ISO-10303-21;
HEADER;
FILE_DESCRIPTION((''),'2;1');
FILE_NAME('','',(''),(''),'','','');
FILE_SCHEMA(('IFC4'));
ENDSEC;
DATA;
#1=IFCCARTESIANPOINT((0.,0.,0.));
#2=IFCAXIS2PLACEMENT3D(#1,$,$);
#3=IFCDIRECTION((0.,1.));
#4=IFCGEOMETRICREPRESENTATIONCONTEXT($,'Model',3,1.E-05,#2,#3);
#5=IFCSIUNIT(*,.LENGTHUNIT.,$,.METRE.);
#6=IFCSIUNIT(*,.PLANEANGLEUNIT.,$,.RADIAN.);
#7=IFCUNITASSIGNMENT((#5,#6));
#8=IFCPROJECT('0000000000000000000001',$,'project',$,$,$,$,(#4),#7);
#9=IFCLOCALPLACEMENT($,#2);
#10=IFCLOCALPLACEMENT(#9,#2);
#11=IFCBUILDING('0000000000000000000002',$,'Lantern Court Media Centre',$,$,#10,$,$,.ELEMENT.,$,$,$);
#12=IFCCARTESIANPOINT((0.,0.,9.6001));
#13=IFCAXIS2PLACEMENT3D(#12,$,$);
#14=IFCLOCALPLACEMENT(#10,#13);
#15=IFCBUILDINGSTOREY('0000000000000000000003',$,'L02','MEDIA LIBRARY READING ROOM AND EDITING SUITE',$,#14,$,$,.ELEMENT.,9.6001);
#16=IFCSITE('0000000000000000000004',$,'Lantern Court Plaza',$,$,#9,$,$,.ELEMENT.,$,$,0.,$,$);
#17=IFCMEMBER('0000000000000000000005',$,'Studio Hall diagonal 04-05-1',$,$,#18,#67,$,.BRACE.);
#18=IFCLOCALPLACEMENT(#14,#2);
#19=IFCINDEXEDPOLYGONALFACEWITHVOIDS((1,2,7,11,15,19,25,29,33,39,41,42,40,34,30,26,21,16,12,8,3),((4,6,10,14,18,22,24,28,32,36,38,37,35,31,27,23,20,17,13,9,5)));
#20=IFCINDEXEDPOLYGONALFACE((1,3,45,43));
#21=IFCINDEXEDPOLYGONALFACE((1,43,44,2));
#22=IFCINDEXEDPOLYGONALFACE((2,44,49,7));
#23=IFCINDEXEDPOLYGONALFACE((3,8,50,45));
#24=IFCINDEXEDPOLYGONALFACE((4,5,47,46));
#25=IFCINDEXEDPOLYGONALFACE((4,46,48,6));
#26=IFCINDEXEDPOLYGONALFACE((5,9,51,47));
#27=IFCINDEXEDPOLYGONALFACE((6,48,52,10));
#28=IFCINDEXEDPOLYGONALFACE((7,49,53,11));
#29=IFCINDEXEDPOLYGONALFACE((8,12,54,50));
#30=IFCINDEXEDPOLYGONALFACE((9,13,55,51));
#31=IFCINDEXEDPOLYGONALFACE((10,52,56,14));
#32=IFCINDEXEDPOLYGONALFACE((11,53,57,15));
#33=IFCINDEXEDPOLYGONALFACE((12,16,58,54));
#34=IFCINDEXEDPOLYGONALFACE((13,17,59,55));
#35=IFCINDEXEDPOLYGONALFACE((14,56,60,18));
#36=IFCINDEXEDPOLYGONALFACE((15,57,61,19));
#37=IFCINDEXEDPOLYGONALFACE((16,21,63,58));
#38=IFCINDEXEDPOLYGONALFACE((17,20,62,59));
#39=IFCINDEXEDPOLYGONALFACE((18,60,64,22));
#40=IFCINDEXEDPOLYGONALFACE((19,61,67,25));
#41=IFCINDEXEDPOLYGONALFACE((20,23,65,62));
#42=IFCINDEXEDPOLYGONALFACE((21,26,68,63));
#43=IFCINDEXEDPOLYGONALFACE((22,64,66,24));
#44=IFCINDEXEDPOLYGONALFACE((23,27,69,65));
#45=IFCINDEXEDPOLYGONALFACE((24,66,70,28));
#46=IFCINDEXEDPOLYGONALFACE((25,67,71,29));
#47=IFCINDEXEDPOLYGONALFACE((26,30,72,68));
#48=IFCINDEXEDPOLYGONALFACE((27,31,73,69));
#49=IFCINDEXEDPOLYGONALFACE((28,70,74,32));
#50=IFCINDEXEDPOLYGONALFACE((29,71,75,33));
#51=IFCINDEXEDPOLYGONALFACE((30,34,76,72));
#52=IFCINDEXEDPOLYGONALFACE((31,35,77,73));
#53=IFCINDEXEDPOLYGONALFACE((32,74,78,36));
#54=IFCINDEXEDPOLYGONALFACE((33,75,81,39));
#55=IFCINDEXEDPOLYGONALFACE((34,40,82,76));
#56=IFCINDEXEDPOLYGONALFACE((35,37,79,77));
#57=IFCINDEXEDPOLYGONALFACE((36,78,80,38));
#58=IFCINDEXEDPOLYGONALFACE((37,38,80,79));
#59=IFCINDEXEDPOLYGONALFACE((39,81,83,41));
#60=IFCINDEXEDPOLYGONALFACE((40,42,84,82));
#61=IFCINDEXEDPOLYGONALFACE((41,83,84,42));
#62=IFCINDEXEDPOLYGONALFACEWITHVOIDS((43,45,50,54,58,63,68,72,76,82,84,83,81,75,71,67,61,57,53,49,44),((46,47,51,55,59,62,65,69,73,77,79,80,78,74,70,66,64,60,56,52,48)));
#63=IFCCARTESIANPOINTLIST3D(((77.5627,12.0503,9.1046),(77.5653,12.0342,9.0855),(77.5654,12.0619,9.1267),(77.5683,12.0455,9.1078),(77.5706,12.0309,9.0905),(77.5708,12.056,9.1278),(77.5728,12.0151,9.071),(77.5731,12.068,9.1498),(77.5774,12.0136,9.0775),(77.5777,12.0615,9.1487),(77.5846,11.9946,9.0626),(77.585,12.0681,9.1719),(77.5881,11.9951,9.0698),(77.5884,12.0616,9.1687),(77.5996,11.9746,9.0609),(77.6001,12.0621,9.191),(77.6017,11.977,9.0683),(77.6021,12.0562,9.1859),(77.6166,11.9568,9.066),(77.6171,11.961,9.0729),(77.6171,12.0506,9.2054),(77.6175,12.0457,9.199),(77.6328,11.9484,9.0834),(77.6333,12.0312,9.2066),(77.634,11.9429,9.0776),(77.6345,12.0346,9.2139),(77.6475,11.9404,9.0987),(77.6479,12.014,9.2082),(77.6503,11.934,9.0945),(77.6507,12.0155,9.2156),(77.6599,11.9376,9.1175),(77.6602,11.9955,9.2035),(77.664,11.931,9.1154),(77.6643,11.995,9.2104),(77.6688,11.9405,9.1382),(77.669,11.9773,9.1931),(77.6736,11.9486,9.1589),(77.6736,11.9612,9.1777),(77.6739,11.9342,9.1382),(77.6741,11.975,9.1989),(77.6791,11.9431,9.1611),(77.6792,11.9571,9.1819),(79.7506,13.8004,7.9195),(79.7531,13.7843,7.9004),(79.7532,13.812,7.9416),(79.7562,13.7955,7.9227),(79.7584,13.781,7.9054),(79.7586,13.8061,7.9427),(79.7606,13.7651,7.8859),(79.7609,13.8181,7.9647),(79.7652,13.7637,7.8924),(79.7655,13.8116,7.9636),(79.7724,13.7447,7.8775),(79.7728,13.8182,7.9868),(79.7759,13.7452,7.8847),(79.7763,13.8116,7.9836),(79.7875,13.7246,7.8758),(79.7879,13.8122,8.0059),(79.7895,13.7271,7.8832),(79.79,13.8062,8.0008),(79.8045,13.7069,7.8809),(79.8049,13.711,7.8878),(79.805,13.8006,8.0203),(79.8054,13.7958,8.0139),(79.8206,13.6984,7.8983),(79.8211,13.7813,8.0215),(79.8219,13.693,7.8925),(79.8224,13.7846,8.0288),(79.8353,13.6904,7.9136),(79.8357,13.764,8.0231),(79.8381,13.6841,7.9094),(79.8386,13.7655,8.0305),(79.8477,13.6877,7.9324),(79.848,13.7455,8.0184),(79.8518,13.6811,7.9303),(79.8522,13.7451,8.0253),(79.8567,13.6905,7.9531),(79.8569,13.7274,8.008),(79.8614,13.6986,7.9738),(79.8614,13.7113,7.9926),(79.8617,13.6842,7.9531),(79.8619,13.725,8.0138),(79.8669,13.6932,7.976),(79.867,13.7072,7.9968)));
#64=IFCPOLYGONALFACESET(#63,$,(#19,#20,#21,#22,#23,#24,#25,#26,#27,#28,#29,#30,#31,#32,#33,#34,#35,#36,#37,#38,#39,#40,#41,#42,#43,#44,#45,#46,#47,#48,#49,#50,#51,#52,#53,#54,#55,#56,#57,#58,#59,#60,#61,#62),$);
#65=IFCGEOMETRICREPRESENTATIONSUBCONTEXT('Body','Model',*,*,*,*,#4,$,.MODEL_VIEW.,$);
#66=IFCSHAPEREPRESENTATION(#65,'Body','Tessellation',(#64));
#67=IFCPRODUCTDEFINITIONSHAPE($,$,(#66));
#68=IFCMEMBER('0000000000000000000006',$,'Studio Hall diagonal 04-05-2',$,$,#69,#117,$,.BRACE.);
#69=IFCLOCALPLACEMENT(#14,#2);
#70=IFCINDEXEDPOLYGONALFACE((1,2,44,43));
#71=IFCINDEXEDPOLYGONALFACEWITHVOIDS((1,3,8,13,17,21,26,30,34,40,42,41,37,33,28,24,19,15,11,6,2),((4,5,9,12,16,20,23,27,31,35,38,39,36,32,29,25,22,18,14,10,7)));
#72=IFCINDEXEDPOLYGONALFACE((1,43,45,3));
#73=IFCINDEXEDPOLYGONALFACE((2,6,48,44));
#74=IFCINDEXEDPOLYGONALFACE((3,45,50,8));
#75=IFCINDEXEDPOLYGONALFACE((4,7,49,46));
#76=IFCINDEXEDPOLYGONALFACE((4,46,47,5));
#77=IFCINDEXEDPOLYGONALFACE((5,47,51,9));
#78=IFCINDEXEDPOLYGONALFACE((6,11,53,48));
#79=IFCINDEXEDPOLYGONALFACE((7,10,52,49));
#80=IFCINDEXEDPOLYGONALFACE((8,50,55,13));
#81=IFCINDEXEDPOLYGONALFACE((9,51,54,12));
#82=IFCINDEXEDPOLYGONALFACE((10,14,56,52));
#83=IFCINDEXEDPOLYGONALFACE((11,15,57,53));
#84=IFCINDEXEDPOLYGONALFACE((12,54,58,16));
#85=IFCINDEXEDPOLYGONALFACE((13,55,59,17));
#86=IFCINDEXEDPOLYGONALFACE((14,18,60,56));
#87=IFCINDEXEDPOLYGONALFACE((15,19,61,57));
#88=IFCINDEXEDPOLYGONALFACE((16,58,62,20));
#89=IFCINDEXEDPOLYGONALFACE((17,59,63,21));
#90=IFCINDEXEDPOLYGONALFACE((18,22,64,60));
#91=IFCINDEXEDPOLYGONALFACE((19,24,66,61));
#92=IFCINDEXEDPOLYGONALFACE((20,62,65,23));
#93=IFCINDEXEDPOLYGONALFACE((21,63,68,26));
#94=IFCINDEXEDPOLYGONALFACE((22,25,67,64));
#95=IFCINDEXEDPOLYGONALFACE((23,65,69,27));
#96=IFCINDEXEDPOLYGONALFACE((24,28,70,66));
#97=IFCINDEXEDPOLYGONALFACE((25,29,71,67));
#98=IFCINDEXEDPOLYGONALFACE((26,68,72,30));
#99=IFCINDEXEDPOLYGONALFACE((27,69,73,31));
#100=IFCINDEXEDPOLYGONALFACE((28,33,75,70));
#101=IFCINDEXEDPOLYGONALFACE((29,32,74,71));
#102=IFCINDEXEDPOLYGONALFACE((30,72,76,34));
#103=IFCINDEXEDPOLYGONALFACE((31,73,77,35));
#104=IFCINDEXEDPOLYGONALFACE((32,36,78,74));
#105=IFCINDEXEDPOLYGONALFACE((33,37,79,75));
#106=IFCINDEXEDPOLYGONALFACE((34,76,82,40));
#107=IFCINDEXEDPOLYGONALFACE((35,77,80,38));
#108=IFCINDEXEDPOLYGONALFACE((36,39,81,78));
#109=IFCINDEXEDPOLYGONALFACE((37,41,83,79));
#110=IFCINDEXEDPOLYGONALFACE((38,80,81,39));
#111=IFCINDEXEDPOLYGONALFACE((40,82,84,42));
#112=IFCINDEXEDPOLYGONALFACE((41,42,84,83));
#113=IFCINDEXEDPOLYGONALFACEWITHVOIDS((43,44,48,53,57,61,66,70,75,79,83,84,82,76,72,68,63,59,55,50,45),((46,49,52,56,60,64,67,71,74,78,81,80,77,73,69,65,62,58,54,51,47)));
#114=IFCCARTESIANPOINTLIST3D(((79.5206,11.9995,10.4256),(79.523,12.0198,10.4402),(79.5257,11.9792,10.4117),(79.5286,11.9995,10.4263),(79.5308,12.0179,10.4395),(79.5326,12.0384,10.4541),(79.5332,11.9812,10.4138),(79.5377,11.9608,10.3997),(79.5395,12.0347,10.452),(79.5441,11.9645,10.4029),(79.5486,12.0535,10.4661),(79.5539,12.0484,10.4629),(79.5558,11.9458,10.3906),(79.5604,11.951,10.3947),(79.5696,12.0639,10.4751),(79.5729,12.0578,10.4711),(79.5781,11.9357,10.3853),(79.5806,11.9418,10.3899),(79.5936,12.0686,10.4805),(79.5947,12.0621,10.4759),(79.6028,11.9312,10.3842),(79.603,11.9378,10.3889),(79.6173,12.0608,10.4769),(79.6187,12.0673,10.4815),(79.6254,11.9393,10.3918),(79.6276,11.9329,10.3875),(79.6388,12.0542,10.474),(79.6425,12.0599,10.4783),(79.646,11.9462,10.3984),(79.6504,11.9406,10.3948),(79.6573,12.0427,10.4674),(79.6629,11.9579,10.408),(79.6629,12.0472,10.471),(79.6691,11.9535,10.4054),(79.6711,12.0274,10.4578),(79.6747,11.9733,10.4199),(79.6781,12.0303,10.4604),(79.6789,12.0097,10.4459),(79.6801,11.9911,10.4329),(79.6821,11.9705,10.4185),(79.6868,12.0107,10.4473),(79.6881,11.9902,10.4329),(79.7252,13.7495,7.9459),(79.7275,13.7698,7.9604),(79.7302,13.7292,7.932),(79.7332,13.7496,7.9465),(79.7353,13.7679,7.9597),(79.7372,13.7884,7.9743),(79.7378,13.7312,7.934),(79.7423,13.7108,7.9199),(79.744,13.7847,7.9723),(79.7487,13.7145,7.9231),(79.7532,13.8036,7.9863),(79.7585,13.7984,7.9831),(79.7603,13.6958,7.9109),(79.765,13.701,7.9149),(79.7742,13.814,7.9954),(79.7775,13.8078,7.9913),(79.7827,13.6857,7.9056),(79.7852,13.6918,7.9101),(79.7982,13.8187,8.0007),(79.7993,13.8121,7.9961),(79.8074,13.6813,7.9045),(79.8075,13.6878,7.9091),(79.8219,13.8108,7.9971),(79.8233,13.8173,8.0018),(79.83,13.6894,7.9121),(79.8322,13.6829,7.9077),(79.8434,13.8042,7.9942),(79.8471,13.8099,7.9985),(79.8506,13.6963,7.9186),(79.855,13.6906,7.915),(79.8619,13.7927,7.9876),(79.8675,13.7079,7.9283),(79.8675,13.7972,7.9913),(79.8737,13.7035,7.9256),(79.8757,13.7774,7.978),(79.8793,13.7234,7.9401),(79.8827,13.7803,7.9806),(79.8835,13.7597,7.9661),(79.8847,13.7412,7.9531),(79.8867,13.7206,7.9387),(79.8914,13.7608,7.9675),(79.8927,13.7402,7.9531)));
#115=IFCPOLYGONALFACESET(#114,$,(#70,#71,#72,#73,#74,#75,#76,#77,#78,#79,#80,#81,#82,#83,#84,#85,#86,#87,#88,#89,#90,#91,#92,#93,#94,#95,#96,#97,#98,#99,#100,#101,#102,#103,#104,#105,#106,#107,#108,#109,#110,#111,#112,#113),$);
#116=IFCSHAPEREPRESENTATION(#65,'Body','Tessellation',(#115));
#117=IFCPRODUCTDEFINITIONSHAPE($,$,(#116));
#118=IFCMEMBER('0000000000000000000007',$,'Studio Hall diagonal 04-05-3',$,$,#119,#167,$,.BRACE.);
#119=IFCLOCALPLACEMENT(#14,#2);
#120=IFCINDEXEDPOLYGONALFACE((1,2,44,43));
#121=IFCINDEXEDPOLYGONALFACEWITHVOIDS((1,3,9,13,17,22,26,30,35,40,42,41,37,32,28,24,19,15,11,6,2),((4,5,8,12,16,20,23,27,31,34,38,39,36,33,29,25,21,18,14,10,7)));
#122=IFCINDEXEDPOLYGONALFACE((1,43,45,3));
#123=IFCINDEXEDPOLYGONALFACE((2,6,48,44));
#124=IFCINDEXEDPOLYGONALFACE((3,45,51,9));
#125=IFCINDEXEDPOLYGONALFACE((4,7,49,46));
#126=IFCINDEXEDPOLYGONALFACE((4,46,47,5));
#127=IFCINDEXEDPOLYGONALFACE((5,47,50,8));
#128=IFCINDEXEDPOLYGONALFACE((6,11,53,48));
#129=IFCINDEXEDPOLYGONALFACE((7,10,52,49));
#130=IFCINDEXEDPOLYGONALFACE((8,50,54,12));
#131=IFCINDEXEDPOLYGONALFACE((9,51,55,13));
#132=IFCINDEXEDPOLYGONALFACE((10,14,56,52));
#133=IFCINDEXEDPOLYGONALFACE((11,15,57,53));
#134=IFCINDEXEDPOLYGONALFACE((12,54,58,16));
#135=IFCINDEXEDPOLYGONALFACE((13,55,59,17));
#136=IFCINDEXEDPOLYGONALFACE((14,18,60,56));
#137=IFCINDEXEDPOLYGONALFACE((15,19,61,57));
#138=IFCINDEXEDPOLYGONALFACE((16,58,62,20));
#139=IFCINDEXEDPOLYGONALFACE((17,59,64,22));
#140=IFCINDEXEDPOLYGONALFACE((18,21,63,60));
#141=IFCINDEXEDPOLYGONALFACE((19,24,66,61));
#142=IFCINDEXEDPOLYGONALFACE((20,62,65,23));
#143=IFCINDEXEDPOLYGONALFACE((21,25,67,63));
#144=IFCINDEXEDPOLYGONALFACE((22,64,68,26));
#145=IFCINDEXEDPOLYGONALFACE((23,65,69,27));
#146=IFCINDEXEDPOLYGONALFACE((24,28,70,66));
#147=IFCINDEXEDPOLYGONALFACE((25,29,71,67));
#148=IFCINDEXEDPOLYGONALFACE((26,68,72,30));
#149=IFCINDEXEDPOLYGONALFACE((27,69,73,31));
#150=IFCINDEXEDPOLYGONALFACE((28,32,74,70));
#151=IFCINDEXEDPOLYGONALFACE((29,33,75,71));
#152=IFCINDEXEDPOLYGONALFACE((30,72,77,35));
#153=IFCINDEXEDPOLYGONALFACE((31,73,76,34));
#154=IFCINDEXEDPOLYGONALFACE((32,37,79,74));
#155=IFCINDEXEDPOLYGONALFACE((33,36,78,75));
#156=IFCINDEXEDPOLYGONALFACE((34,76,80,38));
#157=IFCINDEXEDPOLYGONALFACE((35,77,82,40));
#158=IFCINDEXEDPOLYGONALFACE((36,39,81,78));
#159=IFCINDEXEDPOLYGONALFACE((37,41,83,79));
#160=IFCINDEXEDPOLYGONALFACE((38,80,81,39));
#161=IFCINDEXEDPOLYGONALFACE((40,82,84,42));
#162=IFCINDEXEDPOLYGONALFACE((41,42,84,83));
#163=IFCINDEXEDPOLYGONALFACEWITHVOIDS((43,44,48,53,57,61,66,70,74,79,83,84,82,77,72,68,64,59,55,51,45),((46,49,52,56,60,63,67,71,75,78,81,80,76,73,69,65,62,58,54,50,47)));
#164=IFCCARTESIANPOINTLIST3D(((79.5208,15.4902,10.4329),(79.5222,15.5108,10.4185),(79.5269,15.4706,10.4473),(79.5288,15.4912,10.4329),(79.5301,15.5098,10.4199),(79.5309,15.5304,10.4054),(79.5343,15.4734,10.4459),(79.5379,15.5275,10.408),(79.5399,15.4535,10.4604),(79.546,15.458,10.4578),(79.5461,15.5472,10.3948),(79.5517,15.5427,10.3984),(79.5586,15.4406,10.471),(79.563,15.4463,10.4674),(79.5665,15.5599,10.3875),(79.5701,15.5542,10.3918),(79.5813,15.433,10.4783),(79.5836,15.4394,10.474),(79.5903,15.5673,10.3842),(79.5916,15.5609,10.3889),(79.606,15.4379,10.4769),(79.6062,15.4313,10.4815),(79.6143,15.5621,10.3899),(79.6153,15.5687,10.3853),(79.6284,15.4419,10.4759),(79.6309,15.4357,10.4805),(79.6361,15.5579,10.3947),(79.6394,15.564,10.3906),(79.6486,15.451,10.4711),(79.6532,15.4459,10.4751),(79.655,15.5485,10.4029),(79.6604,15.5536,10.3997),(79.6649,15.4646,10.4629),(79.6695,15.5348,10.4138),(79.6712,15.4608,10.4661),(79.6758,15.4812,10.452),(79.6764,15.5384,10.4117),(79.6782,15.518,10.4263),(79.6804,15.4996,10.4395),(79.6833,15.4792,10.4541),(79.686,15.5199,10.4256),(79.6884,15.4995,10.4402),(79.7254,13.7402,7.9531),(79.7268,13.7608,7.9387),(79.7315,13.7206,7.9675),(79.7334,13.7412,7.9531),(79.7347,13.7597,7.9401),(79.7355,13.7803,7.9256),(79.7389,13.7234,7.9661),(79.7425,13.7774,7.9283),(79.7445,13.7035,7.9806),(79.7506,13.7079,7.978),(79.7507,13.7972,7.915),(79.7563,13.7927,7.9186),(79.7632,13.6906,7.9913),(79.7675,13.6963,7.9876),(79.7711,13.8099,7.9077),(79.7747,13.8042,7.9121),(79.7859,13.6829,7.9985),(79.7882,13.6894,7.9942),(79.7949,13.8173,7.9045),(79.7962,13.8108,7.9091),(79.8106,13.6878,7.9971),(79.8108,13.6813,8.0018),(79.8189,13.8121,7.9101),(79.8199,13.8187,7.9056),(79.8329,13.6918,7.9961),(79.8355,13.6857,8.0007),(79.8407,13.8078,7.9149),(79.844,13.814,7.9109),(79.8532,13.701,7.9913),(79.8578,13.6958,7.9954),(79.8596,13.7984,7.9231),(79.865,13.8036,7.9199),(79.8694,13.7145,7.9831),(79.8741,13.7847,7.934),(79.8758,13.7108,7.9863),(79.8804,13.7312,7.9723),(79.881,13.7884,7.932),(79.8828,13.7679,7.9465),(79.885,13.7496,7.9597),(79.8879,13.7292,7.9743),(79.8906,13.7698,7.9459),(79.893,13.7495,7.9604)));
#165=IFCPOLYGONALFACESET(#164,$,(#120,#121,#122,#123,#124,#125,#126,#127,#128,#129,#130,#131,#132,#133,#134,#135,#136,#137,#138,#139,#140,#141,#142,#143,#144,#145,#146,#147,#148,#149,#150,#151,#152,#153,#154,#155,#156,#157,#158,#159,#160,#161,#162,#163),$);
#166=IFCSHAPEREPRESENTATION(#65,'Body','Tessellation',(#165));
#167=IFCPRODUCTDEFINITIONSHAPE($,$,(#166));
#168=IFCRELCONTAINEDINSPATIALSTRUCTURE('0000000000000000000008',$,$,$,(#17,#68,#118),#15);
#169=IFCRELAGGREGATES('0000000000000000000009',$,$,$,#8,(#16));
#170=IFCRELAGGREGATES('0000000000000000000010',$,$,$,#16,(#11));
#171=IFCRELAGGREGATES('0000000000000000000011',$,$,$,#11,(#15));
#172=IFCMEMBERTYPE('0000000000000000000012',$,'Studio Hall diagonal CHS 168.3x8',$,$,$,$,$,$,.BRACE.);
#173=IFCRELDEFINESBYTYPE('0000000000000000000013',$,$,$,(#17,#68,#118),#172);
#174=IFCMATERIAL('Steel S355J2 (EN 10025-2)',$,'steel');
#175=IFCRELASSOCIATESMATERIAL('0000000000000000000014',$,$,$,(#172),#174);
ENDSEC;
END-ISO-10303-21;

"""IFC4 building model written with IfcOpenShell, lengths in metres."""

from ifc_helpers import new_model, si_unit, direction, frame, origin, origin_2d, place, context, subcontext, project, spatial, hollow_circle, extrude, material, material_profile, profile_set, type_object, element, save


model = new_model("IFC4")

# Units and contexts
model_context = context("Model", 3, precision=1e-05, world=origin(), true_north=direction((0.0, 1.0)))
body_context = subcontext(model_context, "Body", "Model", "MODEL_VIEW")
ifc_project = project(units=[si_unit("LENGTHUNIT", "METRE"), si_unit("PLANEANGLEUNIT", "RADIAN")], contexts=[model_context])

# Site, building, storey
site_placement = place(None, origin())
site = spatial("IfcSite", under=ifc_project, at=site_placement, Name="Lantern Court Plaza", CompositionType="ELEMENT", RefElevation=0.0)
building_placement = place(site_placement, origin())
building = spatial("IfcBuilding", under=site, at=building_placement, Name="Lantern Court Media Centre", CompositionType="ELEMENT")
storey_placement = place(building_placement, frame((0.0, 0.0, 9.6001)))
storey = spatial("IfcBuildingStorey", under=building, at=storey_placement, Name="L02", Description="MEDIA LIBRARY READING ROOM AND EDITING SUITE", CompositionType="ELEMENT", Elevation=9.6001)

# Members
ifc_material = material(Name="Steel S355J2 (EN 10025-2)", Category="steel")
ifc_material_profile_1 = material_profile(ifc_material, hollow_circle(Radius=0.0842, WallThickness=0.0081, at=origin_2d()), Name="Studio Hall diagonal CHS 168.3x8")
ifc_profile_set_1 = profile_set([ifc_material_profile_1], Name="Steel S355J2 (EN 10025-2)")
member_type_1 = type_object("IfcMemberType", Name="Studio Hall diagonal CHS 168.3x8", PredefinedType="BRACE", material=ifc_profile_set_1)
for number, where, z_axis, x_axis, name in (
    (1, (79.8091, 13.75, 7.9531), (-0.719206, -0.5753, 0.38958), (0.624653, -0.780903, 0.0), "Studio Hall diagonal 04-05-1"),
    (2, (79.8091, 13.75, 7.9531), (-0.067256, -0.575289, 0.81518), (0.993235, -0.116118, 0.0), "Studio Hall diagonal 04-05-2"),
    (3, (79.8091, 13.75, 7.9531), (-0.067256, 0.575289, 0.81518), (-0.993235, -0.116118, 0.0), "Studio Hall diagonal 04-05-3"),
):
    element("IfcMember", number, at=place(storey_placement, frame(where, z_axis=z_axis, x_axis=x_axis)), inside=storey, type_object=member_type_1, Name=name, PredefinedType="BRACE", context=body_context, shape_type="SweptSolid", body=[
        extrude(hollow_circle(Radius=0.0842, WallThickness=0.0081, at=origin_2d()), origin(), (0.0, 0.0, 1.0), 3.042),
    ])

save(model, "model.ifc")
